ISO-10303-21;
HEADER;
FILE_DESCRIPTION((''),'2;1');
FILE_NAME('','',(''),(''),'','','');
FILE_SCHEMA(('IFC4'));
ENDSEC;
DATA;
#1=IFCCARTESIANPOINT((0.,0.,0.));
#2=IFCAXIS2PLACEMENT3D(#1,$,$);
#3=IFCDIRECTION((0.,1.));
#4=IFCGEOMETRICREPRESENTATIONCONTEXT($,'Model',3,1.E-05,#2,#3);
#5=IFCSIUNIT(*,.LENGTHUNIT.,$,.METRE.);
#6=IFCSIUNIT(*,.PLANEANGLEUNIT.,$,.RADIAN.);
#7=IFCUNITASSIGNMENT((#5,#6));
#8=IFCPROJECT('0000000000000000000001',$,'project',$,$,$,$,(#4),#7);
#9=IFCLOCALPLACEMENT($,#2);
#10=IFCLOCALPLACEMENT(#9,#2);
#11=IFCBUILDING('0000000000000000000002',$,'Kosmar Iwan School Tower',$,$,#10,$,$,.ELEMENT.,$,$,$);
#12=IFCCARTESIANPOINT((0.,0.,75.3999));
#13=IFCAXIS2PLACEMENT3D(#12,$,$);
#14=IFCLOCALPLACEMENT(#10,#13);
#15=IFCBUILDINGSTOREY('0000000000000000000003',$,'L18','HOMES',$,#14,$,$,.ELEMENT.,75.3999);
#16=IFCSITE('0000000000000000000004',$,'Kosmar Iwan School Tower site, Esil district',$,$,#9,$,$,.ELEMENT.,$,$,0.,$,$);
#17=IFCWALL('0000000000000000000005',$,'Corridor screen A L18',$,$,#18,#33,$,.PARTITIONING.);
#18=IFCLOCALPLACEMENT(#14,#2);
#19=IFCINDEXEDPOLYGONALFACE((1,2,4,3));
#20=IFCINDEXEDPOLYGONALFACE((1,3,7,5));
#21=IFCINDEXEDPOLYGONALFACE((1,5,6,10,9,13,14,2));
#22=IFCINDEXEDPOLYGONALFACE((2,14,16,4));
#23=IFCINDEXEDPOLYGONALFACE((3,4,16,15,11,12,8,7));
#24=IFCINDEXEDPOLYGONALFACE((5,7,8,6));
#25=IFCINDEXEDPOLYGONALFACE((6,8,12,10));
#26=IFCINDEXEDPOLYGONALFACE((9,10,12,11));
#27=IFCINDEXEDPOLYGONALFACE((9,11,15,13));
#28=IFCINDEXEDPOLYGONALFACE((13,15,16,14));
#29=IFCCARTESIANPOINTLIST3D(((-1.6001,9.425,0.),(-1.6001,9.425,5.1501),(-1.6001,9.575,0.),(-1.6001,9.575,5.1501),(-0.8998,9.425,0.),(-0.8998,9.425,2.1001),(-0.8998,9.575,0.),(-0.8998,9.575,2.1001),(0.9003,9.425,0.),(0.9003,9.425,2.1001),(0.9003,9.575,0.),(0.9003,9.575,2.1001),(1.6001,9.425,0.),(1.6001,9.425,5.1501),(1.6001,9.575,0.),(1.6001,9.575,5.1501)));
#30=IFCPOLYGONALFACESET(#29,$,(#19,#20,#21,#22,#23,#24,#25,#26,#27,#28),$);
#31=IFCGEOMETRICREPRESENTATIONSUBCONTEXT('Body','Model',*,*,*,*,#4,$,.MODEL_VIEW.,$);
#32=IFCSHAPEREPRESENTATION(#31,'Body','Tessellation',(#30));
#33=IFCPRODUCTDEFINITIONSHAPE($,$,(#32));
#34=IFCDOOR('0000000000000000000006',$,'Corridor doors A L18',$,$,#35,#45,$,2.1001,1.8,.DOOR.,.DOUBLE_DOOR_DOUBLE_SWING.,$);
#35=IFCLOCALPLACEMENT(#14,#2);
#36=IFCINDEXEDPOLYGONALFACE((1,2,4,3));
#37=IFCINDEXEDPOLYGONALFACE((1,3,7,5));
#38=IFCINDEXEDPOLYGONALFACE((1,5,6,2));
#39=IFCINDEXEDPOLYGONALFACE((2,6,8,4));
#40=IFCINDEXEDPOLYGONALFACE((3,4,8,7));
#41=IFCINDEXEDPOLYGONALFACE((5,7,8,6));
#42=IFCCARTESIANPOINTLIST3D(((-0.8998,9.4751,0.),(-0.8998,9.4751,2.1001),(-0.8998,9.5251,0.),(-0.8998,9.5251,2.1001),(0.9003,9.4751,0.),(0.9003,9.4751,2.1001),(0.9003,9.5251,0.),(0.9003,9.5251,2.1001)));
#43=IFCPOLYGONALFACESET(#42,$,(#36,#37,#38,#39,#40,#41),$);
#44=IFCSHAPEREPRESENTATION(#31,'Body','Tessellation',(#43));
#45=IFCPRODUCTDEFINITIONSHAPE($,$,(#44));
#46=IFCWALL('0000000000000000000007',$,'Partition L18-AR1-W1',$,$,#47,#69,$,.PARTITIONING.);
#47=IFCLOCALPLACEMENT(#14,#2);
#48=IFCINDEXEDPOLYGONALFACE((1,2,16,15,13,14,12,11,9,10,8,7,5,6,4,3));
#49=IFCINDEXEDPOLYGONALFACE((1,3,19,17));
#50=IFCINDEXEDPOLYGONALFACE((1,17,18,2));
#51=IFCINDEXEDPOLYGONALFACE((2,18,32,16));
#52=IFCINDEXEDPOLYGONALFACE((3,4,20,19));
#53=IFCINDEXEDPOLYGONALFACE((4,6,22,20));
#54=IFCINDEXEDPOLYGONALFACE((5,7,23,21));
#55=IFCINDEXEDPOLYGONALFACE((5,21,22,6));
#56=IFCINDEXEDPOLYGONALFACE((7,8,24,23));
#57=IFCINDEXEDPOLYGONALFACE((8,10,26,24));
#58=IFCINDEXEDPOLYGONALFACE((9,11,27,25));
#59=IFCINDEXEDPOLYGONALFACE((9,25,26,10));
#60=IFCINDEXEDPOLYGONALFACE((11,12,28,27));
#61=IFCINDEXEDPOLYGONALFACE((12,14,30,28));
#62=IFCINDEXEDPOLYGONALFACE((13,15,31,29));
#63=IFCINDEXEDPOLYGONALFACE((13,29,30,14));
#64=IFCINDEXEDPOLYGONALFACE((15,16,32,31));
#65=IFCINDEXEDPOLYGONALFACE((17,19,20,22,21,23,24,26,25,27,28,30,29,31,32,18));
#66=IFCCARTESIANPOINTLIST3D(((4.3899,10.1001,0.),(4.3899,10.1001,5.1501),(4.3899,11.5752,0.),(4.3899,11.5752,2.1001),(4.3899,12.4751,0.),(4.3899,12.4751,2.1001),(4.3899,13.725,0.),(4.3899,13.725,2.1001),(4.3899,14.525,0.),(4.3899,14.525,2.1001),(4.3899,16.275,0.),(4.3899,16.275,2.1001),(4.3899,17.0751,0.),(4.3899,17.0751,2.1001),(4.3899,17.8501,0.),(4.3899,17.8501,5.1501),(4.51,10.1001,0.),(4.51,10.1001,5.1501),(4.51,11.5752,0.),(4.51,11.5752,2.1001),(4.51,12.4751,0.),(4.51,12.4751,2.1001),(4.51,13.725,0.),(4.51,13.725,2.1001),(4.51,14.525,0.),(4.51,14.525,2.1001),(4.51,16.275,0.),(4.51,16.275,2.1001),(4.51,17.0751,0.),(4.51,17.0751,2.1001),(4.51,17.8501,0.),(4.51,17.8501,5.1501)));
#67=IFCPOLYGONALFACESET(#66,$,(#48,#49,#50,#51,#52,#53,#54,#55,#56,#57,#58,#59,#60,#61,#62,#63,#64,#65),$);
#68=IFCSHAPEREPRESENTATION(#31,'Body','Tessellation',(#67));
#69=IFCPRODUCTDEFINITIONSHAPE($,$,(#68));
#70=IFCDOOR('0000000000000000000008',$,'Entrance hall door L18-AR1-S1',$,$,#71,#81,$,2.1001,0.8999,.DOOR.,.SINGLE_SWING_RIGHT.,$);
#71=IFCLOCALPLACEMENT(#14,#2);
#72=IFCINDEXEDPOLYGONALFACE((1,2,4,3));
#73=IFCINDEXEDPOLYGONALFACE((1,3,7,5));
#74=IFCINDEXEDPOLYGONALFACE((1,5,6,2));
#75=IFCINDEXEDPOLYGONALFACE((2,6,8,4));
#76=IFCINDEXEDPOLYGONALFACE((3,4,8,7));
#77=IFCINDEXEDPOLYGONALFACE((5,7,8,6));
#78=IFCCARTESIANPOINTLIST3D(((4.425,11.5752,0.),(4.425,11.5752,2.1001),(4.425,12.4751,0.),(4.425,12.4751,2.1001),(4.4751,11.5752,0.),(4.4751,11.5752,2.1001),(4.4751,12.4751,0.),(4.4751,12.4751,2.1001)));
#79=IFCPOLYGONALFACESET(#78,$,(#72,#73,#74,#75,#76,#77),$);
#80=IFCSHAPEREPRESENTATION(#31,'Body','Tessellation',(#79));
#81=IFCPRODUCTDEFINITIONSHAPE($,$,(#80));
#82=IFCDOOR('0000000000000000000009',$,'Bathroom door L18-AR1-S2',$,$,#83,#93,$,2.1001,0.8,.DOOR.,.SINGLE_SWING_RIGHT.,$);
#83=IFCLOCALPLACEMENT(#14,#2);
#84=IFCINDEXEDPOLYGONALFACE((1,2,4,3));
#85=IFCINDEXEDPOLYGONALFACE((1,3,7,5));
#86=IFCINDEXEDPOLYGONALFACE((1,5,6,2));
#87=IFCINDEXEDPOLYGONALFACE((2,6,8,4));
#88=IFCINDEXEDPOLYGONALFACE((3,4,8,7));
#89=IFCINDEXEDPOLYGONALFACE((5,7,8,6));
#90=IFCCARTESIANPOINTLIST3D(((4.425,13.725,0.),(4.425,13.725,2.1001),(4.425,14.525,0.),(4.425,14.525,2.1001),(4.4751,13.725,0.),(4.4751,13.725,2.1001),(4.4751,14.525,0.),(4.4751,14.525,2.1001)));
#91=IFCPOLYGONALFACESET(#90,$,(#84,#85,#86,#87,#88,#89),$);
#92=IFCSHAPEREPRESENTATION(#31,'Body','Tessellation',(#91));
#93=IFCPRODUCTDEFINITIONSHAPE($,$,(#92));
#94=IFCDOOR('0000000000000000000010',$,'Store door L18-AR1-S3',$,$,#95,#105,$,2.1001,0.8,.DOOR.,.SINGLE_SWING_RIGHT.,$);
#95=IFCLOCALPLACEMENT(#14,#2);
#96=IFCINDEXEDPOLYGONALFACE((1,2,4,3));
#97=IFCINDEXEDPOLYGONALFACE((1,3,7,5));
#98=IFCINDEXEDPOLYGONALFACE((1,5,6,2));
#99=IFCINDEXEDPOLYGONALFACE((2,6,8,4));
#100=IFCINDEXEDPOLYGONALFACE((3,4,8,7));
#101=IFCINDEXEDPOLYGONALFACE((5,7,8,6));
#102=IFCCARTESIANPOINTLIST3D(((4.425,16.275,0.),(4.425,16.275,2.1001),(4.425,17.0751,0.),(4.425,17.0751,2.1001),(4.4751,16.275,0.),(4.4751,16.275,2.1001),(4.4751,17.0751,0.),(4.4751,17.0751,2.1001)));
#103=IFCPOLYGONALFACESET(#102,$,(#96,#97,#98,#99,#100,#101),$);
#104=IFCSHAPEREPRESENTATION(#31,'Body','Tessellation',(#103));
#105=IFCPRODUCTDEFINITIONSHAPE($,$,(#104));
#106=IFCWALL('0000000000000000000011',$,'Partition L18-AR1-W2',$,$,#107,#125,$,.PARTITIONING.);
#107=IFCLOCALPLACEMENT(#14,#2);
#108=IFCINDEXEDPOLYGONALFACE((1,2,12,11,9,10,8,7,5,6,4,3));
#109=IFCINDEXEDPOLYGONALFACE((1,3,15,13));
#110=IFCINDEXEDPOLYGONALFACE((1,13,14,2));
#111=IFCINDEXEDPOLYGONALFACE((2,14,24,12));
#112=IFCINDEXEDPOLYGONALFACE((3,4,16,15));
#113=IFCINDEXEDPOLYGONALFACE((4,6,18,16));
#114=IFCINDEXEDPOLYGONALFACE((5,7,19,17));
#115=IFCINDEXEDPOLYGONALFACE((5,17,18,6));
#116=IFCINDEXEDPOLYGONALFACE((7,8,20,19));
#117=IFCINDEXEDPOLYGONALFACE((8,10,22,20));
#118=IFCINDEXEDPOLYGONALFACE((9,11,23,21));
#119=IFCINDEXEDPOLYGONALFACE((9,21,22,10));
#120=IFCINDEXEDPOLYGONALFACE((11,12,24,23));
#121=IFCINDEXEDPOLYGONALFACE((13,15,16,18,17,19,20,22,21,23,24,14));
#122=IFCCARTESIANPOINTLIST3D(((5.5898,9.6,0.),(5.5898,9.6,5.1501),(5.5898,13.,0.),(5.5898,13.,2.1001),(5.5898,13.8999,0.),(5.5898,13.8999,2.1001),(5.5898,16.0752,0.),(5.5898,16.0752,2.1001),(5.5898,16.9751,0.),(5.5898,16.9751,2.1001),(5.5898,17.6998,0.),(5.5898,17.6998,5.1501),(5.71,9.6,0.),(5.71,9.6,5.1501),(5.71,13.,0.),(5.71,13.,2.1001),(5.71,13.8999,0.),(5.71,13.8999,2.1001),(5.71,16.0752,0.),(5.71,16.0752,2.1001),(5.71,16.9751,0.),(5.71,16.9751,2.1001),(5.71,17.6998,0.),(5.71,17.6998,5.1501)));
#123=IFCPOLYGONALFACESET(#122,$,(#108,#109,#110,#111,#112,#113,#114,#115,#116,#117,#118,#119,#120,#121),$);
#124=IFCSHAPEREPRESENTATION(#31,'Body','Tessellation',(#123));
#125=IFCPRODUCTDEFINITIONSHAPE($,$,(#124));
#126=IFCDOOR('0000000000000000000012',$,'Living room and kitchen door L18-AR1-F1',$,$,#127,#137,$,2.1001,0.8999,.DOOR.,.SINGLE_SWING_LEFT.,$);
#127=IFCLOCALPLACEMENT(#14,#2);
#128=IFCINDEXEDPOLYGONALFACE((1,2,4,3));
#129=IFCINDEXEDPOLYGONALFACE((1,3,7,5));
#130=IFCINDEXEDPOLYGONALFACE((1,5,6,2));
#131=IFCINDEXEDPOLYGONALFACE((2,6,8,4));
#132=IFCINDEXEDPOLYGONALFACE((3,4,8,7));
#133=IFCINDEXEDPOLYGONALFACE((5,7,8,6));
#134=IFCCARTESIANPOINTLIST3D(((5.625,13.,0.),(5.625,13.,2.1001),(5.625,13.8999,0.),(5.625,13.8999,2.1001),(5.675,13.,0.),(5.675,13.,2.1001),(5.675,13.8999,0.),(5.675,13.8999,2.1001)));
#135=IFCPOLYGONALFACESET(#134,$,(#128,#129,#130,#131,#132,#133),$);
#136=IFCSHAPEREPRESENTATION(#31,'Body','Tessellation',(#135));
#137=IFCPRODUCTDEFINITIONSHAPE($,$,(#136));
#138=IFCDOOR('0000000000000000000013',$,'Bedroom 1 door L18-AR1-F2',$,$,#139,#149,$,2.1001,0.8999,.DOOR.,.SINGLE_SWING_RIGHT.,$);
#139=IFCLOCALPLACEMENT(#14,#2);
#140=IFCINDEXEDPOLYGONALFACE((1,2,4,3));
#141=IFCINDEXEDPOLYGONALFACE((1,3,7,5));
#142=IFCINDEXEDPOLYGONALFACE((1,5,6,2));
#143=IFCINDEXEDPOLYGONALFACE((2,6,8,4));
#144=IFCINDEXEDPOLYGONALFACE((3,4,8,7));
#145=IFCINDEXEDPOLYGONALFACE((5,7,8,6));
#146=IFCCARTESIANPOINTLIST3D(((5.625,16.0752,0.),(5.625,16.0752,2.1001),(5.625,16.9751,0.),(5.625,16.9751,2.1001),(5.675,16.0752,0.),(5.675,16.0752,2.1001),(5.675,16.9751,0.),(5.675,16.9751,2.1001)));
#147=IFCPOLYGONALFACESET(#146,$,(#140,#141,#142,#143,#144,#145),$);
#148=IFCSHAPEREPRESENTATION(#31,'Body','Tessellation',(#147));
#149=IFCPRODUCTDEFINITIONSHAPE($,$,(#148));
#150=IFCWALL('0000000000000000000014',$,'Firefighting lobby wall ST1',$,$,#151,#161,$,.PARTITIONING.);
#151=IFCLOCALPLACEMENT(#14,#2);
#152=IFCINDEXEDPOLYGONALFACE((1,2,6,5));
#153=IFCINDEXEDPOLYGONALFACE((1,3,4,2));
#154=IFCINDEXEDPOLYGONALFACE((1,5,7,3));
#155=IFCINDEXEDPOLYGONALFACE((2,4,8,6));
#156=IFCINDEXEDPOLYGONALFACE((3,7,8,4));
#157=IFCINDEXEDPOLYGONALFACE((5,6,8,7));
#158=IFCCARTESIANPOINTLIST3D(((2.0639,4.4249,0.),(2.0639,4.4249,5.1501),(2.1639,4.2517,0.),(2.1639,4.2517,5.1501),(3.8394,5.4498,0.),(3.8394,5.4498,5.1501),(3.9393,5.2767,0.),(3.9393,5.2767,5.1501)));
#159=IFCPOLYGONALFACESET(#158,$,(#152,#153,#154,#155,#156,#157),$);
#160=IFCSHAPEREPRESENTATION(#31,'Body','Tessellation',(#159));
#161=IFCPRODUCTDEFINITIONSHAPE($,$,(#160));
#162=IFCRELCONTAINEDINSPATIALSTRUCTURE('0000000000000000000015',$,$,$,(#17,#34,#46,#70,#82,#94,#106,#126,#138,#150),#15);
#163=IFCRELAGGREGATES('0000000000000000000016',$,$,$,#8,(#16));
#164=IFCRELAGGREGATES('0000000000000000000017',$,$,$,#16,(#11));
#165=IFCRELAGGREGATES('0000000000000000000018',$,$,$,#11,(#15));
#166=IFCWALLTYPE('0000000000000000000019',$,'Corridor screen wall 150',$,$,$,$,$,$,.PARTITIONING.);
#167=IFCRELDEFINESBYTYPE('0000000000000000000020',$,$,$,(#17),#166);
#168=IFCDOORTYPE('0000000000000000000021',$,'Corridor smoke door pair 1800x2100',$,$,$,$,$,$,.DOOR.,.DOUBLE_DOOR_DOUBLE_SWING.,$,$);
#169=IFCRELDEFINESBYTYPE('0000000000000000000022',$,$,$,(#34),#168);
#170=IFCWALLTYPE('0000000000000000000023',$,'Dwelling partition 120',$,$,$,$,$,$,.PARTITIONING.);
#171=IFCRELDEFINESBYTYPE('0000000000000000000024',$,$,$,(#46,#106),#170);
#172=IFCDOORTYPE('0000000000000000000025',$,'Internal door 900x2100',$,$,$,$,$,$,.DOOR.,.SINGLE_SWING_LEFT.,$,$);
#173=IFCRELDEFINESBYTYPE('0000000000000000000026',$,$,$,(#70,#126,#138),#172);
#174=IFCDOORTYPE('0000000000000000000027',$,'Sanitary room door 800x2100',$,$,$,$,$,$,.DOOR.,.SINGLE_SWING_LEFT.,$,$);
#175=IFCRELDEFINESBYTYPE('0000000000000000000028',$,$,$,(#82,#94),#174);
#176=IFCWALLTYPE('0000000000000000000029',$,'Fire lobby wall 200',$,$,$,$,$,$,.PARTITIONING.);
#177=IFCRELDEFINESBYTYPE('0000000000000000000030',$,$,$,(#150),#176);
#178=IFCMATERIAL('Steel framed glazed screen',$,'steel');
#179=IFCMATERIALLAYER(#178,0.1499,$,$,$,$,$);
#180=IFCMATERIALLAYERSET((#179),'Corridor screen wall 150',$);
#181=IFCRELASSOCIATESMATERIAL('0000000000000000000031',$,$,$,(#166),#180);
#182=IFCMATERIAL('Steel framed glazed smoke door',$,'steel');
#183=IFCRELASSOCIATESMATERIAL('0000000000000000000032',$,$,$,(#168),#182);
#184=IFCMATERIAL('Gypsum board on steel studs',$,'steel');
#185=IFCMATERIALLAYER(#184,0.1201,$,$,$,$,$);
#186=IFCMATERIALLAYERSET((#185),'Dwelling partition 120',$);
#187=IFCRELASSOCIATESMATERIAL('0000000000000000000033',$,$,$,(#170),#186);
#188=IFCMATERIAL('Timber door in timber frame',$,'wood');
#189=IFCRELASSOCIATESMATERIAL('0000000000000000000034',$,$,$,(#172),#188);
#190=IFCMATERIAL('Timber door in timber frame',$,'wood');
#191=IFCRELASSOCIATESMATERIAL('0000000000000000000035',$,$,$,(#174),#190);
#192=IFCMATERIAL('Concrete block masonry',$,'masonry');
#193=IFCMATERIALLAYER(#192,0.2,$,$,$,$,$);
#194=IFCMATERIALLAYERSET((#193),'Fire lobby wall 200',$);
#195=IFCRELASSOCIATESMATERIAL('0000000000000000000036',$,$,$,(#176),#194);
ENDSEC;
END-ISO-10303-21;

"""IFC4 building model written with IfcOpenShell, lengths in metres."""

from ifc_helpers import new_model, si_unit, direction, frame, frame_2d, origin, place, context, subcontext, project, spatial, rectangle, extrude, material, layer, layer_set, type_object, element, fill, save


model = new_model("IFC4")

# Units and contexts
model_context = context("Model", 3, precision=1e-05, world=origin(), true_north=direction((0.0, 1.0)))
body_context = subcontext(model_context, "Body", "Model", "MODEL_VIEW")
ifc_project = project(units=[si_unit("LENGTHUNIT", "METRE"), si_unit("PLANEANGLEUNIT", "RADIAN")], contexts=[model_context])

# Site, building, storey
site_placement = place(None, origin())
site = spatial("IfcSite", under=ifc_project, at=site_placement, Name="Kosmar Iwan School Tower site, Esil district", CompositionType="ELEMENT", RefElevation=0.0)
building_placement = place(site_placement, origin())
building = spatial("IfcBuilding", under=site, at=building_placement, Name="Kosmar Iwan School Tower", CompositionType="ELEMENT")
storey_placement = place(building_placement, frame((0.0, 0.0, 75.3999)))
storey = spatial("IfcBuildingStorey", under=building, at=storey_placement, Name="L18", Description="HOMES", CompositionType="ELEMENT", Elevation=75.3999)

# Wall, opening, door
ifc_material_1 = material(Name="Steel framed glazed screen", Category="steel")
ifc_layer_1 = layer(ifc_material_1, 0.1499)
ifc_layer_set_1 = layer_set([ifc_layer_1], Name="Corridor screen wall 150")
wall_type_1 = type_object("IfcWallType", Name="Corridor screen wall 150", PredefinedType="PARTITIONING", material=ifc_layer_set_1)
wall_1_placement = place(storey_placement, frame((1.6001, 9.5, 0.0), z_axis=(0.0, 0.0, 1.0), x_axis=(-1.0, 0.0, 0.0)))
wall_1 = element("IfcWall", 1, at=wall_1_placement, inside=storey, type_object=wall_type_1, Name="Corridor screen A L18", PredefinedType="PARTITIONING", context=body_context, shape_type="SweptSolid", body=[
    extrude(rectangle(XDim=3.2002, YDim=0.1499, at=frame_2d((1.6001, 0.0))), origin(), (0.0, 0.0, 1.0), 5.1501),
])
opening_1_placement = place(wall_1_placement, frame((0.7, 0.0, 0.0)))
opening_1 = element("IfcOpeningElement", 2, at=opening_1_placement, cuts=wall_1, PredefinedType="OPENING", context=body_context, shape_type="SweptSolid", body=[
    extrude(rectangle(XDim=1.8, YDim=2.1001, at=frame_2d((0.8999, 1.05))), frame((0.0, 0.0869, 0.0), z_axis=(0.0, -1.0, 0.0), x_axis=(1.0, 0.0, 0.0)), (0.0, 0.0, 1.0), 0.1738),
])
ifc_material_2 = material(Name="Steel framed glazed smoke door", Category="steel")
door_type_1 = type_object("IfcDoorType", Name="Corridor smoke door pair 1800x2100", OperationType="DOUBLE_DOOR_DOUBLE_SWING", PredefinedType="DOOR", material=ifc_material_2)
door_1_placement = place(opening_1_placement, origin())
door_1 = element("IfcDoor", 3, at=door_1_placement, inside=storey, type_object=door_type_1, Name="Corridor doors A L18", OperationType="DOUBLE_DOOR_DOUBLE_SWING", OverallHeight=2.1001, OverallWidth=1.8, PredefinedType="DOOR", context=body_context, shape_type="SweptSolid", body=[
    extrude(rectangle(XDim=1.8, YDim=2.1001, at=frame_2d((0.8999, 1.05))), frame((0.0, 0.0249, 0.0), z_axis=(0.0, -1.0, 0.0), x_axis=(1.0, 0.0, 0.0)), (0.0, 0.0, 1.0), 0.05),
])
fill(opening_1, door_1)

# Walls, openings, doors
ifc_material_3 = material(Name="Gypsum board on steel studs", Category="steel")
ifc_layer_2 = layer(ifc_material_3, 0.1201)
ifc_layer_set_2 = layer_set([ifc_layer_2], Name="Dwelling partition 120")
wall_type_2 = type_object("IfcWallType", Name="Dwelling partition 120", PredefinedType="PARTITIONING", material=ifc_layer_set_2)
wall_2_placement = place(storey_placement, frame((4.45, 10.1001, 0.0), z_axis=(0.0, 0.0, 1.0), x_axis=(0.0, 1.0, 0.0)))
wall_2 = element("IfcWall", 4, at=wall_2_placement, inside=storey, type_object=wall_type_2, Name="Partition L18-AR1-W1", PredefinedType="PARTITIONING", context=body_context, shape_type="SweptSolid", body=[
    extrude(rectangle(XDim=7.75, YDim=0.1201, at=frame_2d((3.875, 0.0))), origin(), (0.0, 0.0, 1.0), 5.1501),
])
opening_2_placement = place(wall_2_placement, frame((1.4751, 0.0, 0.0)))
opening_2 = element("IfcOpeningElement", 5, at=opening_2_placement, cuts=wall_2, PredefinedType="OPENING", context=body_context, shape_type="SweptSolid", body=[
    extrude(rectangle(XDim=0.8999, YDim=2.1001, at=frame_2d((0.45, 1.05))), frame((0.0, 0.072, 0.0), z_axis=(0.0, -1.0, 0.0), x_axis=(1.0, 0.0, 0.0)), (0.0, 0.0, 1.0), 0.144),
])
opening_3_placement = place(wall_2_placement, frame((3.625, 0.0, 0.0)))
opening_3 = element("IfcOpeningElement", 6, at=opening_3_placement, cuts=wall_2, PredefinedType="OPENING", context=body_context, shape_type="SweptSolid", body=[
    extrude(rectangle(XDim=0.8, YDim=2.1001, at=frame_2d((0.3999, 1.05))), frame((0.0, 0.072, 0.0), z_axis=(0.0, -1.0, 0.0), x_axis=(1.0, 0.0, 0.0)), (0.0, 0.0, 1.0), 0.144),
])
opening_4_placement = place(wall_2_placement, frame((6.175, 0.0, 0.0)))
opening_4 = element("IfcOpeningElement", 7, at=opening_4_placement, cuts=wall_2, PredefinedType="OPENING", context=body_context, shape_type="SweptSolid", body=[
    extrude(rectangle(XDim=0.8, YDim=2.1001, at=frame_2d((0.3999, 1.05))), frame((0.0, 0.072, 0.0), z_axis=(0.0, -1.0, 0.0), x_axis=(1.0, 0.0, 0.0)), (0.0, 0.0, 1.0), 0.144),
])
ifc_material_4 = material(Name="Timber door in timber frame", Category="wood")
door_type_2 = type_object("IfcDoorType", Name="Internal door 900x2100", OperationType="SINGLE_SWING_LEFT", PredefinedType="DOOR", material=ifc_material_4)
door_2_placement = place(opening_2_placement, origin())
door_2 = element("IfcDoor", 8, at=door_2_placement, inside=storey, type_object=door_type_2, Name="Entrance hall door L18-AR1-S1", OperationType="SINGLE_SWING_RIGHT", OverallHeight=2.1001, OverallWidth=0.8999, PredefinedType="DOOR", context=body_context, shape_type="SweptSolid", body=[
    extrude(rectangle(XDim=0.8999, YDim=2.1001, at=frame_2d((0.45, 1.05))), frame((0.0, 0.0249, 0.0), z_axis=(0.0, -1.0, 0.0), x_axis=(1.0, 0.0, 0.0)), (0.0, 0.0, 1.0), 0.05),
])
fill(opening_2, door_2)
ifc_material_5 = material(Name="Timber door in timber frame", Category="wood")
door_type_3 = type_object("IfcDoorType", Name="Sanitary room door 800x2100", OperationType="SINGLE_SWING_LEFT", PredefinedType="DOOR", material=ifc_material_5)
door_3_placement = place(opening_3_placement, origin())
door_3 = element("IfcDoor", 9, at=door_3_placement, inside=storey, type_object=door_type_3, Name="Bathroom door L18-AR1-S2", OperationType="SINGLE_SWING_RIGHT", OverallHeight=2.1001, OverallWidth=0.8, PredefinedType="DOOR", context=body_context, shape_type="SweptSolid", body=[
    extrude(rectangle(XDim=0.8, YDim=2.1001, at=frame_2d((0.3999, 1.05))), frame((0.0, 0.0249, 0.0), z_axis=(0.0, -1.0, 0.0), x_axis=(1.0, 0.0, 0.0)), (0.0, 0.0, 1.0), 0.05),
])
fill(opening_3, door_3)
door_4_placement = place(opening_4_placement, origin())
door_4 = element("IfcDoor", 10, at=door_4_placement, inside=storey, type_object=door_type_3, Name="Store door L18-AR1-S3", OperationType="SINGLE_SWING_RIGHT", OverallHeight=2.1001, OverallWidth=0.8, PredefinedType="DOOR", context=body_context, shape_type="SweptSolid", body=[
    extrude(rectangle(XDim=0.8, YDim=2.1001, at=frame_2d((0.3999, 1.05))), frame((0.0, 0.0249, 0.0), z_axis=(0.0, -1.0, 0.0), x_axis=(1.0, 0.0, 0.0)), (0.0, 0.0, 1.0), 0.05),
])
fill(opening_4, door_4)
wall_3_placement = place(storey_placement, frame((5.6499, 9.6001, 0.0), z_axis=(0.0, 0.0, 1.0), x_axis=(0.0, 1.0, 0.0)))
wall_3 = element("IfcWall", 11, at=wall_3_placement, inside=storey, type_object=wall_type_2, Name="Partition L18-AR1-W2", PredefinedType="PARTITIONING", context=body_context, shape_type="SweptSolid", body=[
    extrude(rectangle(XDim=8.0999, YDim=0.1201, at=frame_2d((4.0498, 0.0))), origin(), (0.0, 0.0, 1.0), 5.1501),
])
opening_5_placement = place(wall_3_placement, frame((3.3999, 0.0, 0.0)))
opening_5 = element("IfcOpeningElement", 12, at=opening_5_placement, cuts=wall_3, PredefinedType="OPENING", context=body_context, shape_type="SweptSolid", body=[
    extrude(rectangle(XDim=0.8999, YDim=2.1001, at=frame_2d((0.45, 1.05))), frame((0.0, 0.072, 0.0), z_axis=(0.0, -1.0, 0.0), x_axis=(1.0, 0.0, 0.0)), (0.0, 0.0, 1.0), 0.144),
])
opening_6_placement = place(wall_3_placement, frame((6.4751, 0.0, 0.0)))
opening_6 = element("IfcOpeningElement", 13, at=opening_6_placement, cuts=wall_3, PredefinedType="OPENING", context=body_context, shape_type="SweptSolid", body=[
    extrude(rectangle(XDim=0.8999, YDim=2.1001, at=frame_2d((0.45, 1.05))), frame((0.0, 0.072, 0.0), z_axis=(0.0, -1.0, 0.0), x_axis=(1.0, 0.0, 0.0)), (0.0, 0.0, 1.0), 0.144),
])
door_5_placement = place(opening_5_placement, origin())
door_5 = element("IfcDoor", 14, at=door_5_placement, inside=storey, type_object=door_type_2, Name="Living room and kitchen door L18-AR1-F1", OperationType="SINGLE_SWING_LEFT", OverallHeight=2.1001, OverallWidth=0.8999, PredefinedType="DOOR", context=body_context, shape_type="SweptSolid", body=[
    extrude(rectangle(XDim=0.8999, YDim=2.1001, at=frame_2d((0.45, 1.05))), frame((0.0, 0.0249, 0.0), z_axis=(0.0, -1.0, 0.0), x_axis=(1.0, 0.0, 0.0)), (0.0, 0.0, 1.0), 0.05),
])
fill(opening_5, door_5)
door_6_placement = place(opening_6_placement, origin())
door_6 = element("IfcDoor", 15, at=door_6_placement, inside=storey, type_object=door_type_2, Name="Bedroom 1 door L18-AR1-F2", OperationType="SINGLE_SWING_RIGHT", OverallHeight=2.1001, OverallWidth=0.8999, PredefinedType="DOOR", context=body_context, shape_type="SweptSolid", body=[
    extrude(rectangle(XDim=0.8999, YDim=2.1001, at=frame_2d((0.45, 1.05))), frame((0.0, 0.0249, 0.0), z_axis=(0.0, -1.0, 0.0), x_axis=(1.0, 0.0, 0.0)), (0.0, 0.0, 1.0), 0.05),
])
fill(opening_6, door_6)

# Wall
ifc_material_6 = material(Name="Concrete block masonry", Category="masonry")
ifc_layer_3 = layer(ifc_material_6, 0.2)
ifc_layer_set_3 = layer_set([ifc_layer_3], Name="Fire lobby wall 200")
wall_type_3 = type_object("IfcWallType", Name="Fire lobby wall 200", PredefinedType="PARTITIONING", material=ifc_layer_set_3)
wall_4_placement = place(storey_placement, frame((2.114, 4.3384, 0.0), z_axis=(0.0, 0.0, 1.0), x_axis=(0.866051, 0.499956, 0.0)))
element("IfcWall", 16, at=wall_4_placement, inside=storey, type_object=wall_type_3, Name="Firefighting lobby wall ST1", PredefinedType="PARTITIONING", context=body_context, shape_type="SweptSolid", body=[
    extrude(rectangle(XDim=2.05, YDim=0.2, at=frame_2d((1.0249, 0.0))), origin(), (0.0, 0.0, 1.0), 5.1501),
])

save(model, "model.ifc")
